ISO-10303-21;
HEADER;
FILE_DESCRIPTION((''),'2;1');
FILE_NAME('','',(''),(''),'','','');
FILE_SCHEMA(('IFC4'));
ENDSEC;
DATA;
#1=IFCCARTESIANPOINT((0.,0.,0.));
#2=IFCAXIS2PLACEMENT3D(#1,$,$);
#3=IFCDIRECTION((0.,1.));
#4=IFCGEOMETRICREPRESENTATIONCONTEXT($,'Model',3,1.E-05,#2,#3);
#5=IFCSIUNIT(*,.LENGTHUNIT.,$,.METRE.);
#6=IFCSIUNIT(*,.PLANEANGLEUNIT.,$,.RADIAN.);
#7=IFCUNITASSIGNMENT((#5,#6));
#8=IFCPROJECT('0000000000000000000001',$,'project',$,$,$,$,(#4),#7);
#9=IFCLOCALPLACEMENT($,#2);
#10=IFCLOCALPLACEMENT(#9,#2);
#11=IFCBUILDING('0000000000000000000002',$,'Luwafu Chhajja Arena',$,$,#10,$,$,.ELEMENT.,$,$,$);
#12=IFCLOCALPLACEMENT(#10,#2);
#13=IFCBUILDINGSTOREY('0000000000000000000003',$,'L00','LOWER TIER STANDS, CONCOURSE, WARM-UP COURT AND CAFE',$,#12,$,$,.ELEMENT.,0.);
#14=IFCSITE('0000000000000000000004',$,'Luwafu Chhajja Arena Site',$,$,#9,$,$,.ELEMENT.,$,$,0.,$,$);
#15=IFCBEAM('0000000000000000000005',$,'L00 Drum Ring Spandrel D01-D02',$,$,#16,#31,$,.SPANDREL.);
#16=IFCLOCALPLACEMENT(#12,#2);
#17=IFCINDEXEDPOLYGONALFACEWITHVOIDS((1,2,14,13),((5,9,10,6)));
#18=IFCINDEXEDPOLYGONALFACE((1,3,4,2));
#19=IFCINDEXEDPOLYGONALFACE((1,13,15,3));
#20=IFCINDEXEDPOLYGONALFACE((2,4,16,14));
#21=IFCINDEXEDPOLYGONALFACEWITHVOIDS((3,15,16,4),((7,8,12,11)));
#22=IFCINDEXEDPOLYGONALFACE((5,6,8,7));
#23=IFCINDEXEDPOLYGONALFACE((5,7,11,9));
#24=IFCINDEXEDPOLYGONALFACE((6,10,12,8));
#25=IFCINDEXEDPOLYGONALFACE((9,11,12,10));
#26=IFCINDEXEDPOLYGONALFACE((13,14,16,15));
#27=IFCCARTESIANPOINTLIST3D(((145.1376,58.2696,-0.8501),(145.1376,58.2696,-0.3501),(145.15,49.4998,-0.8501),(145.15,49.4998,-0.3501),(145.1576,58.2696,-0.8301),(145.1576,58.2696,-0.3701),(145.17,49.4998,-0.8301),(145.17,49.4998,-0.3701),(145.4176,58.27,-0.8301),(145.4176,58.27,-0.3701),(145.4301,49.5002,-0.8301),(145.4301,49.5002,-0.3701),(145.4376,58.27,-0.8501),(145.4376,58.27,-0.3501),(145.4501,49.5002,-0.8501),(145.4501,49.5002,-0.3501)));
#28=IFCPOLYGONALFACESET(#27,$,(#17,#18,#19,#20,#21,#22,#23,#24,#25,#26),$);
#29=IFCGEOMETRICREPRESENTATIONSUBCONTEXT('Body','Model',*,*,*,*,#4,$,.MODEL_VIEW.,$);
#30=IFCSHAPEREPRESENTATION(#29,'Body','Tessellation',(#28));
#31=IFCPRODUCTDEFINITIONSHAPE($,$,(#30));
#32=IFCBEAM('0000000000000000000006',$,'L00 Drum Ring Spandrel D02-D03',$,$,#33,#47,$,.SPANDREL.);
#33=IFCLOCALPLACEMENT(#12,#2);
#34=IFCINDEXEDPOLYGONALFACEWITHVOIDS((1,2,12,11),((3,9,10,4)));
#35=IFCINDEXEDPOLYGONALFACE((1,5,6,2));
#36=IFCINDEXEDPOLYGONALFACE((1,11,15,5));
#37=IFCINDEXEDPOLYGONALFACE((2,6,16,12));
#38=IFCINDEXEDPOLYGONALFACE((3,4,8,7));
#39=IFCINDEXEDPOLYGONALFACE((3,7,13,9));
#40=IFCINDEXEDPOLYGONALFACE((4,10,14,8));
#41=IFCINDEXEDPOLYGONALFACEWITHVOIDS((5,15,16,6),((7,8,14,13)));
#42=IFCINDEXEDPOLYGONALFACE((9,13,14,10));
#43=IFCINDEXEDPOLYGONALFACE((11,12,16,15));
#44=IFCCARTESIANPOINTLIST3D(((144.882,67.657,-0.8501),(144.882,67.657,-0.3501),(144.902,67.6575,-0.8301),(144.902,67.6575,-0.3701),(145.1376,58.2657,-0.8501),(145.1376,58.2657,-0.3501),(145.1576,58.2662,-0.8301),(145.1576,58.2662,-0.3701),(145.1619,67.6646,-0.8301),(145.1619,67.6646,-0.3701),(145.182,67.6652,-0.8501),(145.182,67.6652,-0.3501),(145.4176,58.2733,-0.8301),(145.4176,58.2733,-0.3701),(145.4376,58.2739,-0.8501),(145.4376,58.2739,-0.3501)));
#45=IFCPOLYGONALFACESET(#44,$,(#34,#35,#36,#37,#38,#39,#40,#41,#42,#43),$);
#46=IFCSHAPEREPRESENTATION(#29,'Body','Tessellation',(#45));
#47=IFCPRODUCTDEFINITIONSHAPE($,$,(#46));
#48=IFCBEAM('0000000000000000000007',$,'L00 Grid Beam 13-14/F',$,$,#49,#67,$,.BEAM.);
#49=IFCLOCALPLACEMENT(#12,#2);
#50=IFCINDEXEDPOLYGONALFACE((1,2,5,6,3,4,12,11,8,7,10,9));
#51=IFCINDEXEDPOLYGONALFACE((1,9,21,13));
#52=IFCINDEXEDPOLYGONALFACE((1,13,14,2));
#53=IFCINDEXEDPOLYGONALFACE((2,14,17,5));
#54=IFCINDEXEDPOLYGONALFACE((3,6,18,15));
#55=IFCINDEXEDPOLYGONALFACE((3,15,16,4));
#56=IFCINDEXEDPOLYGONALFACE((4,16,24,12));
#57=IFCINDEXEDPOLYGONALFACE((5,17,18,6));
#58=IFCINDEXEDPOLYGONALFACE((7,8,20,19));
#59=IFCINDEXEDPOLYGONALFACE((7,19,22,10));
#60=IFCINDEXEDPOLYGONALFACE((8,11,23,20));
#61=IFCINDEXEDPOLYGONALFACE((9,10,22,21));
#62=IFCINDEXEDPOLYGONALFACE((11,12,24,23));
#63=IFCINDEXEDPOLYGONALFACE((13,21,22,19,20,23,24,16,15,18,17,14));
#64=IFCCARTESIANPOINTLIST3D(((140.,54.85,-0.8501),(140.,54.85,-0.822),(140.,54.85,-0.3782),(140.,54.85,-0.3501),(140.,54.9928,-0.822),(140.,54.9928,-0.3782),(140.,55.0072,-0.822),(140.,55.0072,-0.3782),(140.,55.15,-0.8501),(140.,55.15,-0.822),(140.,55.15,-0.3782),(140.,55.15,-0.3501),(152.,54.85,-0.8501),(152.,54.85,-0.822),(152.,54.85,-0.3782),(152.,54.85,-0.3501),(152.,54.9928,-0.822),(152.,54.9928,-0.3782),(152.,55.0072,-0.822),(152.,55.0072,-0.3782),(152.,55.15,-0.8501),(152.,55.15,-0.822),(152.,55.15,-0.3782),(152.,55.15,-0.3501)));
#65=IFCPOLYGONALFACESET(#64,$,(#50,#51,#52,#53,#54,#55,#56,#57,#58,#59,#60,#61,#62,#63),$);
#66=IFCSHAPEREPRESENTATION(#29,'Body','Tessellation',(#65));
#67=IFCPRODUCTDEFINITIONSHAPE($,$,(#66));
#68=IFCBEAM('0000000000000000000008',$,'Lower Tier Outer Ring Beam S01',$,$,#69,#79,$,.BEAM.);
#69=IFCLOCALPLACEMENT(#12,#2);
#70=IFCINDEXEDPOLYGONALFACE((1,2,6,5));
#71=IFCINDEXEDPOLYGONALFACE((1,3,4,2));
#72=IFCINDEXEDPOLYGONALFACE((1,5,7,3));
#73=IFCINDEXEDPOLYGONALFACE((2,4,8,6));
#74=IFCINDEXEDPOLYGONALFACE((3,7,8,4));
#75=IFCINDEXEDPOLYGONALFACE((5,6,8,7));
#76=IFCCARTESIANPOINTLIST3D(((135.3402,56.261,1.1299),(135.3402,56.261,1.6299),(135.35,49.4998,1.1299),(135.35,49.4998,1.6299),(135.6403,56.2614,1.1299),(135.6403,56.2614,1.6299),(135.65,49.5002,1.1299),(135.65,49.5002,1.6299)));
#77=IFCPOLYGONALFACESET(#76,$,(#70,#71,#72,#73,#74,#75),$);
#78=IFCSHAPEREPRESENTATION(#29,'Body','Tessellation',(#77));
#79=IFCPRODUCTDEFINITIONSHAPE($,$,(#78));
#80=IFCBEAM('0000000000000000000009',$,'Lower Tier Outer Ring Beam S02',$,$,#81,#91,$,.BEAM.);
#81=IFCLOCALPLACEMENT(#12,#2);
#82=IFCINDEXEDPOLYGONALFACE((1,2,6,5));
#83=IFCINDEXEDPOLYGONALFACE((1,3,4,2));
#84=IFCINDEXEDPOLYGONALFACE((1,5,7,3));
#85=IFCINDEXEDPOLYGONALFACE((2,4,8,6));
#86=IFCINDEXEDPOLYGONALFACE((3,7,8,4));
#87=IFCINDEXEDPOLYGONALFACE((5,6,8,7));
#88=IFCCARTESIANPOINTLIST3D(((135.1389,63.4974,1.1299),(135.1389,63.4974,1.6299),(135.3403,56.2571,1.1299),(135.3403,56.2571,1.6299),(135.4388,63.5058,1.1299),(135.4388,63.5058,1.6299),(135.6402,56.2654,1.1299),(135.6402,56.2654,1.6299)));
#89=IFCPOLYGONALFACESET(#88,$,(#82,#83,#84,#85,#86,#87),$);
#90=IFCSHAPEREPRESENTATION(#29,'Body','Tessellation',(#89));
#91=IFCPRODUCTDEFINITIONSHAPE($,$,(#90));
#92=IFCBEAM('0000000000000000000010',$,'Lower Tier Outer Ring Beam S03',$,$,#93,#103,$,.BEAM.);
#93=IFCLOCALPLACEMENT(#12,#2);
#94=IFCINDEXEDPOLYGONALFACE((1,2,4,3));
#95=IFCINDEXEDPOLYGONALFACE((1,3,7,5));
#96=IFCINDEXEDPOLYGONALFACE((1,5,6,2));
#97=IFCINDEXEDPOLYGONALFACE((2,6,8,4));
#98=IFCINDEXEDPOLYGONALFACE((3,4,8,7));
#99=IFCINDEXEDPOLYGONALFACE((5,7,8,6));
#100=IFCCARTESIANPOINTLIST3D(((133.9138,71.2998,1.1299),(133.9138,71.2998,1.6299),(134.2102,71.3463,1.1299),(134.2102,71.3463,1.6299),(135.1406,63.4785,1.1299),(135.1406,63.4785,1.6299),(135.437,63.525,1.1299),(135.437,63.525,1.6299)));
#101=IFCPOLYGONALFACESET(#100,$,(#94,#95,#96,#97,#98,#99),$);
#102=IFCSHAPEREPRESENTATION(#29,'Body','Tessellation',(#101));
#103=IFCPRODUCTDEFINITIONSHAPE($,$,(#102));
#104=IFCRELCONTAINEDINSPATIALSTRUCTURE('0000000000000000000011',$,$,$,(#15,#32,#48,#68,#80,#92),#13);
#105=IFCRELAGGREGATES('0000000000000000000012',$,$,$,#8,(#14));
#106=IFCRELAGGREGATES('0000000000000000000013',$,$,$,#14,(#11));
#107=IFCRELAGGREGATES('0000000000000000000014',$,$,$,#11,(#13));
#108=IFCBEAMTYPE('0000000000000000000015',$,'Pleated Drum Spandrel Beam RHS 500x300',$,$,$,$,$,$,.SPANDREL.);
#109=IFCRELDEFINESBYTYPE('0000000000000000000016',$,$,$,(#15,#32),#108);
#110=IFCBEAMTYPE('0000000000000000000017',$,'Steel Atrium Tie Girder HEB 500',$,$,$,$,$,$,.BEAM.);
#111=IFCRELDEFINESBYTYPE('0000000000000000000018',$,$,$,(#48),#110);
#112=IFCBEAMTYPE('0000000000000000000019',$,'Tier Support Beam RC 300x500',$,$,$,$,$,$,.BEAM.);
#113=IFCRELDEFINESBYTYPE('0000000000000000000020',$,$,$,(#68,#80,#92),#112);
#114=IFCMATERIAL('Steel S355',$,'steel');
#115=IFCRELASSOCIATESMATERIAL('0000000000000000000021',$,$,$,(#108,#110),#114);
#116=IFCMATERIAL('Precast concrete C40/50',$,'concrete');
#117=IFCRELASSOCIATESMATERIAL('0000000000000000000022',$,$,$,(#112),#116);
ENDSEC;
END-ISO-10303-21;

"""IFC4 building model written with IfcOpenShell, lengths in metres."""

from ifc_helpers import new_model, si_unit, direction, frame, origin, origin_2d, place, context, subcontext, project, spatial, rectangle, hollow_rectangle, i_section, extrude, material, material_profile, profile_set, type_object, element, save


model = new_model("IFC4")

# Units and contexts
model_context = context("Model", 3, precision=1e-05, world=origin(), true_north=direction((0.0, 1.0)))
body_context = subcontext(model_context, "Body", "Model", "MODEL_VIEW")
ifc_project = project(units=[si_unit("LENGTHUNIT", "METRE"), si_unit("PLANEANGLEUNIT", "RADIAN")], contexts=[model_context])

# Site, building, storey
site_placement = place(None, origin())
site = spatial("IfcSite", under=ifc_project, at=site_placement, Name="Luwafu Chhajja Arena Site", CompositionType="ELEMENT", RefElevation=0.0)
building_placement = place(site_placement, origin())
building = spatial("IfcBuilding", under=site, at=building_placement, Name="Luwafu Chhajja Arena", CompositionType="ELEMENT")
storey_placement = place(building_placement, origin())
storey = spatial("IfcBuildingStorey", under=building, at=storey_placement, Name="L00", Description="LOWER TIER STANDS, CONCOURSE, WARM-UP COURT AND CAFE", CompositionType="ELEMENT", Elevation=0.0)

# Shared definitions
ifc_material_1 = material(Name="Steel S355", Category="steel")

# Beams
ifc_material_2 = material(Name="Precast concrete C40/50", Category="concrete")
ifc_material_profile_1 = material_profile(ifc_material_1, hollow_rectangle(XDim=0.3, YDim=0.5, WallThickness=0.02, at=origin_2d()), Name="RHS 500x300x20")
ifc_profile_set_1 = profile_set([ifc_material_profile_1], Name="Steel S355")
beam_type_1 = type_object("IfcBeamType", Name="Pleated Drum Spandrel Beam RHS 500x300", PredefinedType="SPANDREL", material=ifc_profile_set_1)
beam_1_placement = place(storey_placement, frame((145.3, 49.5, -0.6001), z_axis=(-0.00142, 0.999999, 0.0), x_axis=(-0.999999, -0.00142, 0.0)))
element("IfcBeam", 1, at=beam_1_placement, inside=storey, type_object=beam_type_1, Name="L00 Drum Ring Spandrel D01-D02", PredefinedType="SPANDREL", context=body_context, shape_type="SweptSolid", body=[
    extrude(hollow_rectangle(XDim=0.3, YDim=0.5, WallThickness=0.02, at=origin_2d()), origin(), (0.0, 0.0, 1.0), 8.7698),
])
beam_2_placement = place(storey_placement, frame((145.2876, 58.2698, -0.6001), z_axis=(-0.027208, 0.99963, 0.0), x_axis=(-0.99963, -0.027208, 0.0)))
element("IfcBeam", 2, at=beam_2_placement, inside=storey, type_object=beam_type_1, Name="L00 Drum Ring Spandrel D02-D03", PredefinedType="SPANDREL", context=body_context, shape_type="SweptSolid", body=[
    extrude(hollow_rectangle(XDim=0.3, YDim=0.5, WallThickness=0.02, at=origin_2d()), origin(), (0.0, 0.0, 1.0), 9.3948),
])
ifc_material_profile_2 = material_profile(ifc_material_1, i_section(OverallWidth=0.3, OverallDepth=0.5, WebThickness=0.0144, FlangeThickness=0.0281, at=origin_2d()), Name="HEB 500")
ifc_profile_set_2 = profile_set([ifc_material_profile_2], Name="Steel S355")
beam_type_2 = type_object("IfcBeamType", Name="Steel Atrium Tie Girder HEB 500", PredefinedType="BEAM", material=ifc_profile_set_2)
beam_3_placement = place(storey_placement, frame((140.0, 55.0, -0.6001), z_axis=(1.0, 0.0, 0.0), x_axis=(0.0, 1.0, 0.0)))
element("IfcBeam", 3, at=beam_3_placement, inside=storey, type_object=beam_type_2, Name="L00 Grid Beam 13-14/F", PredefinedType="BEAM", context=body_context, shape_type="SweptSolid", body=[
    extrude(i_section(OverallWidth=0.3, OverallDepth=0.5, WebThickness=0.0144, FlangeThickness=0.0281, at=origin_2d()), origin(), (0.0, 0.0, 1.0), 12.0),
])
ifc_material_profile_3 = material_profile(ifc_material_2, rectangle(XDim=0.3, YDim=0.5, at=origin_2d()), Name="RC 300x500")
ifc_profile_set_3 = profile_set([ifc_material_profile_3], Name="Precast concrete C40/50")
beam_type_3 = type_object("IfcBeamType", Name="Tier Support Beam RC 300x500", PredefinedType="BEAM", material=ifc_profile_set_3)
beam_4_placement = place(storey_placement, frame((135.5, 49.5, 1.3799), z_axis=(-0.001444, 0.999999, 0.0), x_axis=(-0.999999, -0.001444, 0.0)))
element("IfcBeam", 4, at=beam_4_placement, inside=storey, type_object=beam_type_3, Name="Lower Tier Outer Ring Beam S01", PredefinedType="BEAM", context=body_context, shape_type="SweptSolid", body=[
    extrude(rectangle(XDim=0.3, YDim=0.5, at=origin_2d()), origin(), (0.0, 0.0, 1.0), 6.7612),
])
beam_5_placement = place(storey_placement, frame((135.4902, 56.2612, 1.3799), z_axis=(-0.027807, 0.999613, 0.0), x_axis=(-0.999613, -0.027807, 0.0)))
element("IfcBeam", 5, at=beam_5_placement, inside=storey, type_object=beam_type_3, Name="Lower Tier Outer Ring Beam S02", PredefinedType="BEAM", context=body_context, shape_type="SweptSolid", body=[
    extrude(rectangle(XDim=0.3, YDim=0.5, at=origin_2d()), origin(), (0.0, 0.0, 1.0), 7.2432),
])
beam_6_placement = place(storey_placement, frame((135.2888, 63.5017, 1.3799), z_axis=(-0.15496, 0.987921, 0.0), x_axis=(-0.987921, -0.15496, 0.0)))
element("IfcBeam", 6, at=beam_6_placement, inside=storey, type_object=beam_type_3, Name="Lower Tier Outer Ring Beam S03", PredefinedType="BEAM", context=body_context, shape_type="SweptSolid", body=[
    extrude(rectangle(XDim=0.3, YDim=0.5, at=origin_2d()), origin(), (0.0, 0.0, 1.0), 7.917),
])

save(model, "model.ifc")
